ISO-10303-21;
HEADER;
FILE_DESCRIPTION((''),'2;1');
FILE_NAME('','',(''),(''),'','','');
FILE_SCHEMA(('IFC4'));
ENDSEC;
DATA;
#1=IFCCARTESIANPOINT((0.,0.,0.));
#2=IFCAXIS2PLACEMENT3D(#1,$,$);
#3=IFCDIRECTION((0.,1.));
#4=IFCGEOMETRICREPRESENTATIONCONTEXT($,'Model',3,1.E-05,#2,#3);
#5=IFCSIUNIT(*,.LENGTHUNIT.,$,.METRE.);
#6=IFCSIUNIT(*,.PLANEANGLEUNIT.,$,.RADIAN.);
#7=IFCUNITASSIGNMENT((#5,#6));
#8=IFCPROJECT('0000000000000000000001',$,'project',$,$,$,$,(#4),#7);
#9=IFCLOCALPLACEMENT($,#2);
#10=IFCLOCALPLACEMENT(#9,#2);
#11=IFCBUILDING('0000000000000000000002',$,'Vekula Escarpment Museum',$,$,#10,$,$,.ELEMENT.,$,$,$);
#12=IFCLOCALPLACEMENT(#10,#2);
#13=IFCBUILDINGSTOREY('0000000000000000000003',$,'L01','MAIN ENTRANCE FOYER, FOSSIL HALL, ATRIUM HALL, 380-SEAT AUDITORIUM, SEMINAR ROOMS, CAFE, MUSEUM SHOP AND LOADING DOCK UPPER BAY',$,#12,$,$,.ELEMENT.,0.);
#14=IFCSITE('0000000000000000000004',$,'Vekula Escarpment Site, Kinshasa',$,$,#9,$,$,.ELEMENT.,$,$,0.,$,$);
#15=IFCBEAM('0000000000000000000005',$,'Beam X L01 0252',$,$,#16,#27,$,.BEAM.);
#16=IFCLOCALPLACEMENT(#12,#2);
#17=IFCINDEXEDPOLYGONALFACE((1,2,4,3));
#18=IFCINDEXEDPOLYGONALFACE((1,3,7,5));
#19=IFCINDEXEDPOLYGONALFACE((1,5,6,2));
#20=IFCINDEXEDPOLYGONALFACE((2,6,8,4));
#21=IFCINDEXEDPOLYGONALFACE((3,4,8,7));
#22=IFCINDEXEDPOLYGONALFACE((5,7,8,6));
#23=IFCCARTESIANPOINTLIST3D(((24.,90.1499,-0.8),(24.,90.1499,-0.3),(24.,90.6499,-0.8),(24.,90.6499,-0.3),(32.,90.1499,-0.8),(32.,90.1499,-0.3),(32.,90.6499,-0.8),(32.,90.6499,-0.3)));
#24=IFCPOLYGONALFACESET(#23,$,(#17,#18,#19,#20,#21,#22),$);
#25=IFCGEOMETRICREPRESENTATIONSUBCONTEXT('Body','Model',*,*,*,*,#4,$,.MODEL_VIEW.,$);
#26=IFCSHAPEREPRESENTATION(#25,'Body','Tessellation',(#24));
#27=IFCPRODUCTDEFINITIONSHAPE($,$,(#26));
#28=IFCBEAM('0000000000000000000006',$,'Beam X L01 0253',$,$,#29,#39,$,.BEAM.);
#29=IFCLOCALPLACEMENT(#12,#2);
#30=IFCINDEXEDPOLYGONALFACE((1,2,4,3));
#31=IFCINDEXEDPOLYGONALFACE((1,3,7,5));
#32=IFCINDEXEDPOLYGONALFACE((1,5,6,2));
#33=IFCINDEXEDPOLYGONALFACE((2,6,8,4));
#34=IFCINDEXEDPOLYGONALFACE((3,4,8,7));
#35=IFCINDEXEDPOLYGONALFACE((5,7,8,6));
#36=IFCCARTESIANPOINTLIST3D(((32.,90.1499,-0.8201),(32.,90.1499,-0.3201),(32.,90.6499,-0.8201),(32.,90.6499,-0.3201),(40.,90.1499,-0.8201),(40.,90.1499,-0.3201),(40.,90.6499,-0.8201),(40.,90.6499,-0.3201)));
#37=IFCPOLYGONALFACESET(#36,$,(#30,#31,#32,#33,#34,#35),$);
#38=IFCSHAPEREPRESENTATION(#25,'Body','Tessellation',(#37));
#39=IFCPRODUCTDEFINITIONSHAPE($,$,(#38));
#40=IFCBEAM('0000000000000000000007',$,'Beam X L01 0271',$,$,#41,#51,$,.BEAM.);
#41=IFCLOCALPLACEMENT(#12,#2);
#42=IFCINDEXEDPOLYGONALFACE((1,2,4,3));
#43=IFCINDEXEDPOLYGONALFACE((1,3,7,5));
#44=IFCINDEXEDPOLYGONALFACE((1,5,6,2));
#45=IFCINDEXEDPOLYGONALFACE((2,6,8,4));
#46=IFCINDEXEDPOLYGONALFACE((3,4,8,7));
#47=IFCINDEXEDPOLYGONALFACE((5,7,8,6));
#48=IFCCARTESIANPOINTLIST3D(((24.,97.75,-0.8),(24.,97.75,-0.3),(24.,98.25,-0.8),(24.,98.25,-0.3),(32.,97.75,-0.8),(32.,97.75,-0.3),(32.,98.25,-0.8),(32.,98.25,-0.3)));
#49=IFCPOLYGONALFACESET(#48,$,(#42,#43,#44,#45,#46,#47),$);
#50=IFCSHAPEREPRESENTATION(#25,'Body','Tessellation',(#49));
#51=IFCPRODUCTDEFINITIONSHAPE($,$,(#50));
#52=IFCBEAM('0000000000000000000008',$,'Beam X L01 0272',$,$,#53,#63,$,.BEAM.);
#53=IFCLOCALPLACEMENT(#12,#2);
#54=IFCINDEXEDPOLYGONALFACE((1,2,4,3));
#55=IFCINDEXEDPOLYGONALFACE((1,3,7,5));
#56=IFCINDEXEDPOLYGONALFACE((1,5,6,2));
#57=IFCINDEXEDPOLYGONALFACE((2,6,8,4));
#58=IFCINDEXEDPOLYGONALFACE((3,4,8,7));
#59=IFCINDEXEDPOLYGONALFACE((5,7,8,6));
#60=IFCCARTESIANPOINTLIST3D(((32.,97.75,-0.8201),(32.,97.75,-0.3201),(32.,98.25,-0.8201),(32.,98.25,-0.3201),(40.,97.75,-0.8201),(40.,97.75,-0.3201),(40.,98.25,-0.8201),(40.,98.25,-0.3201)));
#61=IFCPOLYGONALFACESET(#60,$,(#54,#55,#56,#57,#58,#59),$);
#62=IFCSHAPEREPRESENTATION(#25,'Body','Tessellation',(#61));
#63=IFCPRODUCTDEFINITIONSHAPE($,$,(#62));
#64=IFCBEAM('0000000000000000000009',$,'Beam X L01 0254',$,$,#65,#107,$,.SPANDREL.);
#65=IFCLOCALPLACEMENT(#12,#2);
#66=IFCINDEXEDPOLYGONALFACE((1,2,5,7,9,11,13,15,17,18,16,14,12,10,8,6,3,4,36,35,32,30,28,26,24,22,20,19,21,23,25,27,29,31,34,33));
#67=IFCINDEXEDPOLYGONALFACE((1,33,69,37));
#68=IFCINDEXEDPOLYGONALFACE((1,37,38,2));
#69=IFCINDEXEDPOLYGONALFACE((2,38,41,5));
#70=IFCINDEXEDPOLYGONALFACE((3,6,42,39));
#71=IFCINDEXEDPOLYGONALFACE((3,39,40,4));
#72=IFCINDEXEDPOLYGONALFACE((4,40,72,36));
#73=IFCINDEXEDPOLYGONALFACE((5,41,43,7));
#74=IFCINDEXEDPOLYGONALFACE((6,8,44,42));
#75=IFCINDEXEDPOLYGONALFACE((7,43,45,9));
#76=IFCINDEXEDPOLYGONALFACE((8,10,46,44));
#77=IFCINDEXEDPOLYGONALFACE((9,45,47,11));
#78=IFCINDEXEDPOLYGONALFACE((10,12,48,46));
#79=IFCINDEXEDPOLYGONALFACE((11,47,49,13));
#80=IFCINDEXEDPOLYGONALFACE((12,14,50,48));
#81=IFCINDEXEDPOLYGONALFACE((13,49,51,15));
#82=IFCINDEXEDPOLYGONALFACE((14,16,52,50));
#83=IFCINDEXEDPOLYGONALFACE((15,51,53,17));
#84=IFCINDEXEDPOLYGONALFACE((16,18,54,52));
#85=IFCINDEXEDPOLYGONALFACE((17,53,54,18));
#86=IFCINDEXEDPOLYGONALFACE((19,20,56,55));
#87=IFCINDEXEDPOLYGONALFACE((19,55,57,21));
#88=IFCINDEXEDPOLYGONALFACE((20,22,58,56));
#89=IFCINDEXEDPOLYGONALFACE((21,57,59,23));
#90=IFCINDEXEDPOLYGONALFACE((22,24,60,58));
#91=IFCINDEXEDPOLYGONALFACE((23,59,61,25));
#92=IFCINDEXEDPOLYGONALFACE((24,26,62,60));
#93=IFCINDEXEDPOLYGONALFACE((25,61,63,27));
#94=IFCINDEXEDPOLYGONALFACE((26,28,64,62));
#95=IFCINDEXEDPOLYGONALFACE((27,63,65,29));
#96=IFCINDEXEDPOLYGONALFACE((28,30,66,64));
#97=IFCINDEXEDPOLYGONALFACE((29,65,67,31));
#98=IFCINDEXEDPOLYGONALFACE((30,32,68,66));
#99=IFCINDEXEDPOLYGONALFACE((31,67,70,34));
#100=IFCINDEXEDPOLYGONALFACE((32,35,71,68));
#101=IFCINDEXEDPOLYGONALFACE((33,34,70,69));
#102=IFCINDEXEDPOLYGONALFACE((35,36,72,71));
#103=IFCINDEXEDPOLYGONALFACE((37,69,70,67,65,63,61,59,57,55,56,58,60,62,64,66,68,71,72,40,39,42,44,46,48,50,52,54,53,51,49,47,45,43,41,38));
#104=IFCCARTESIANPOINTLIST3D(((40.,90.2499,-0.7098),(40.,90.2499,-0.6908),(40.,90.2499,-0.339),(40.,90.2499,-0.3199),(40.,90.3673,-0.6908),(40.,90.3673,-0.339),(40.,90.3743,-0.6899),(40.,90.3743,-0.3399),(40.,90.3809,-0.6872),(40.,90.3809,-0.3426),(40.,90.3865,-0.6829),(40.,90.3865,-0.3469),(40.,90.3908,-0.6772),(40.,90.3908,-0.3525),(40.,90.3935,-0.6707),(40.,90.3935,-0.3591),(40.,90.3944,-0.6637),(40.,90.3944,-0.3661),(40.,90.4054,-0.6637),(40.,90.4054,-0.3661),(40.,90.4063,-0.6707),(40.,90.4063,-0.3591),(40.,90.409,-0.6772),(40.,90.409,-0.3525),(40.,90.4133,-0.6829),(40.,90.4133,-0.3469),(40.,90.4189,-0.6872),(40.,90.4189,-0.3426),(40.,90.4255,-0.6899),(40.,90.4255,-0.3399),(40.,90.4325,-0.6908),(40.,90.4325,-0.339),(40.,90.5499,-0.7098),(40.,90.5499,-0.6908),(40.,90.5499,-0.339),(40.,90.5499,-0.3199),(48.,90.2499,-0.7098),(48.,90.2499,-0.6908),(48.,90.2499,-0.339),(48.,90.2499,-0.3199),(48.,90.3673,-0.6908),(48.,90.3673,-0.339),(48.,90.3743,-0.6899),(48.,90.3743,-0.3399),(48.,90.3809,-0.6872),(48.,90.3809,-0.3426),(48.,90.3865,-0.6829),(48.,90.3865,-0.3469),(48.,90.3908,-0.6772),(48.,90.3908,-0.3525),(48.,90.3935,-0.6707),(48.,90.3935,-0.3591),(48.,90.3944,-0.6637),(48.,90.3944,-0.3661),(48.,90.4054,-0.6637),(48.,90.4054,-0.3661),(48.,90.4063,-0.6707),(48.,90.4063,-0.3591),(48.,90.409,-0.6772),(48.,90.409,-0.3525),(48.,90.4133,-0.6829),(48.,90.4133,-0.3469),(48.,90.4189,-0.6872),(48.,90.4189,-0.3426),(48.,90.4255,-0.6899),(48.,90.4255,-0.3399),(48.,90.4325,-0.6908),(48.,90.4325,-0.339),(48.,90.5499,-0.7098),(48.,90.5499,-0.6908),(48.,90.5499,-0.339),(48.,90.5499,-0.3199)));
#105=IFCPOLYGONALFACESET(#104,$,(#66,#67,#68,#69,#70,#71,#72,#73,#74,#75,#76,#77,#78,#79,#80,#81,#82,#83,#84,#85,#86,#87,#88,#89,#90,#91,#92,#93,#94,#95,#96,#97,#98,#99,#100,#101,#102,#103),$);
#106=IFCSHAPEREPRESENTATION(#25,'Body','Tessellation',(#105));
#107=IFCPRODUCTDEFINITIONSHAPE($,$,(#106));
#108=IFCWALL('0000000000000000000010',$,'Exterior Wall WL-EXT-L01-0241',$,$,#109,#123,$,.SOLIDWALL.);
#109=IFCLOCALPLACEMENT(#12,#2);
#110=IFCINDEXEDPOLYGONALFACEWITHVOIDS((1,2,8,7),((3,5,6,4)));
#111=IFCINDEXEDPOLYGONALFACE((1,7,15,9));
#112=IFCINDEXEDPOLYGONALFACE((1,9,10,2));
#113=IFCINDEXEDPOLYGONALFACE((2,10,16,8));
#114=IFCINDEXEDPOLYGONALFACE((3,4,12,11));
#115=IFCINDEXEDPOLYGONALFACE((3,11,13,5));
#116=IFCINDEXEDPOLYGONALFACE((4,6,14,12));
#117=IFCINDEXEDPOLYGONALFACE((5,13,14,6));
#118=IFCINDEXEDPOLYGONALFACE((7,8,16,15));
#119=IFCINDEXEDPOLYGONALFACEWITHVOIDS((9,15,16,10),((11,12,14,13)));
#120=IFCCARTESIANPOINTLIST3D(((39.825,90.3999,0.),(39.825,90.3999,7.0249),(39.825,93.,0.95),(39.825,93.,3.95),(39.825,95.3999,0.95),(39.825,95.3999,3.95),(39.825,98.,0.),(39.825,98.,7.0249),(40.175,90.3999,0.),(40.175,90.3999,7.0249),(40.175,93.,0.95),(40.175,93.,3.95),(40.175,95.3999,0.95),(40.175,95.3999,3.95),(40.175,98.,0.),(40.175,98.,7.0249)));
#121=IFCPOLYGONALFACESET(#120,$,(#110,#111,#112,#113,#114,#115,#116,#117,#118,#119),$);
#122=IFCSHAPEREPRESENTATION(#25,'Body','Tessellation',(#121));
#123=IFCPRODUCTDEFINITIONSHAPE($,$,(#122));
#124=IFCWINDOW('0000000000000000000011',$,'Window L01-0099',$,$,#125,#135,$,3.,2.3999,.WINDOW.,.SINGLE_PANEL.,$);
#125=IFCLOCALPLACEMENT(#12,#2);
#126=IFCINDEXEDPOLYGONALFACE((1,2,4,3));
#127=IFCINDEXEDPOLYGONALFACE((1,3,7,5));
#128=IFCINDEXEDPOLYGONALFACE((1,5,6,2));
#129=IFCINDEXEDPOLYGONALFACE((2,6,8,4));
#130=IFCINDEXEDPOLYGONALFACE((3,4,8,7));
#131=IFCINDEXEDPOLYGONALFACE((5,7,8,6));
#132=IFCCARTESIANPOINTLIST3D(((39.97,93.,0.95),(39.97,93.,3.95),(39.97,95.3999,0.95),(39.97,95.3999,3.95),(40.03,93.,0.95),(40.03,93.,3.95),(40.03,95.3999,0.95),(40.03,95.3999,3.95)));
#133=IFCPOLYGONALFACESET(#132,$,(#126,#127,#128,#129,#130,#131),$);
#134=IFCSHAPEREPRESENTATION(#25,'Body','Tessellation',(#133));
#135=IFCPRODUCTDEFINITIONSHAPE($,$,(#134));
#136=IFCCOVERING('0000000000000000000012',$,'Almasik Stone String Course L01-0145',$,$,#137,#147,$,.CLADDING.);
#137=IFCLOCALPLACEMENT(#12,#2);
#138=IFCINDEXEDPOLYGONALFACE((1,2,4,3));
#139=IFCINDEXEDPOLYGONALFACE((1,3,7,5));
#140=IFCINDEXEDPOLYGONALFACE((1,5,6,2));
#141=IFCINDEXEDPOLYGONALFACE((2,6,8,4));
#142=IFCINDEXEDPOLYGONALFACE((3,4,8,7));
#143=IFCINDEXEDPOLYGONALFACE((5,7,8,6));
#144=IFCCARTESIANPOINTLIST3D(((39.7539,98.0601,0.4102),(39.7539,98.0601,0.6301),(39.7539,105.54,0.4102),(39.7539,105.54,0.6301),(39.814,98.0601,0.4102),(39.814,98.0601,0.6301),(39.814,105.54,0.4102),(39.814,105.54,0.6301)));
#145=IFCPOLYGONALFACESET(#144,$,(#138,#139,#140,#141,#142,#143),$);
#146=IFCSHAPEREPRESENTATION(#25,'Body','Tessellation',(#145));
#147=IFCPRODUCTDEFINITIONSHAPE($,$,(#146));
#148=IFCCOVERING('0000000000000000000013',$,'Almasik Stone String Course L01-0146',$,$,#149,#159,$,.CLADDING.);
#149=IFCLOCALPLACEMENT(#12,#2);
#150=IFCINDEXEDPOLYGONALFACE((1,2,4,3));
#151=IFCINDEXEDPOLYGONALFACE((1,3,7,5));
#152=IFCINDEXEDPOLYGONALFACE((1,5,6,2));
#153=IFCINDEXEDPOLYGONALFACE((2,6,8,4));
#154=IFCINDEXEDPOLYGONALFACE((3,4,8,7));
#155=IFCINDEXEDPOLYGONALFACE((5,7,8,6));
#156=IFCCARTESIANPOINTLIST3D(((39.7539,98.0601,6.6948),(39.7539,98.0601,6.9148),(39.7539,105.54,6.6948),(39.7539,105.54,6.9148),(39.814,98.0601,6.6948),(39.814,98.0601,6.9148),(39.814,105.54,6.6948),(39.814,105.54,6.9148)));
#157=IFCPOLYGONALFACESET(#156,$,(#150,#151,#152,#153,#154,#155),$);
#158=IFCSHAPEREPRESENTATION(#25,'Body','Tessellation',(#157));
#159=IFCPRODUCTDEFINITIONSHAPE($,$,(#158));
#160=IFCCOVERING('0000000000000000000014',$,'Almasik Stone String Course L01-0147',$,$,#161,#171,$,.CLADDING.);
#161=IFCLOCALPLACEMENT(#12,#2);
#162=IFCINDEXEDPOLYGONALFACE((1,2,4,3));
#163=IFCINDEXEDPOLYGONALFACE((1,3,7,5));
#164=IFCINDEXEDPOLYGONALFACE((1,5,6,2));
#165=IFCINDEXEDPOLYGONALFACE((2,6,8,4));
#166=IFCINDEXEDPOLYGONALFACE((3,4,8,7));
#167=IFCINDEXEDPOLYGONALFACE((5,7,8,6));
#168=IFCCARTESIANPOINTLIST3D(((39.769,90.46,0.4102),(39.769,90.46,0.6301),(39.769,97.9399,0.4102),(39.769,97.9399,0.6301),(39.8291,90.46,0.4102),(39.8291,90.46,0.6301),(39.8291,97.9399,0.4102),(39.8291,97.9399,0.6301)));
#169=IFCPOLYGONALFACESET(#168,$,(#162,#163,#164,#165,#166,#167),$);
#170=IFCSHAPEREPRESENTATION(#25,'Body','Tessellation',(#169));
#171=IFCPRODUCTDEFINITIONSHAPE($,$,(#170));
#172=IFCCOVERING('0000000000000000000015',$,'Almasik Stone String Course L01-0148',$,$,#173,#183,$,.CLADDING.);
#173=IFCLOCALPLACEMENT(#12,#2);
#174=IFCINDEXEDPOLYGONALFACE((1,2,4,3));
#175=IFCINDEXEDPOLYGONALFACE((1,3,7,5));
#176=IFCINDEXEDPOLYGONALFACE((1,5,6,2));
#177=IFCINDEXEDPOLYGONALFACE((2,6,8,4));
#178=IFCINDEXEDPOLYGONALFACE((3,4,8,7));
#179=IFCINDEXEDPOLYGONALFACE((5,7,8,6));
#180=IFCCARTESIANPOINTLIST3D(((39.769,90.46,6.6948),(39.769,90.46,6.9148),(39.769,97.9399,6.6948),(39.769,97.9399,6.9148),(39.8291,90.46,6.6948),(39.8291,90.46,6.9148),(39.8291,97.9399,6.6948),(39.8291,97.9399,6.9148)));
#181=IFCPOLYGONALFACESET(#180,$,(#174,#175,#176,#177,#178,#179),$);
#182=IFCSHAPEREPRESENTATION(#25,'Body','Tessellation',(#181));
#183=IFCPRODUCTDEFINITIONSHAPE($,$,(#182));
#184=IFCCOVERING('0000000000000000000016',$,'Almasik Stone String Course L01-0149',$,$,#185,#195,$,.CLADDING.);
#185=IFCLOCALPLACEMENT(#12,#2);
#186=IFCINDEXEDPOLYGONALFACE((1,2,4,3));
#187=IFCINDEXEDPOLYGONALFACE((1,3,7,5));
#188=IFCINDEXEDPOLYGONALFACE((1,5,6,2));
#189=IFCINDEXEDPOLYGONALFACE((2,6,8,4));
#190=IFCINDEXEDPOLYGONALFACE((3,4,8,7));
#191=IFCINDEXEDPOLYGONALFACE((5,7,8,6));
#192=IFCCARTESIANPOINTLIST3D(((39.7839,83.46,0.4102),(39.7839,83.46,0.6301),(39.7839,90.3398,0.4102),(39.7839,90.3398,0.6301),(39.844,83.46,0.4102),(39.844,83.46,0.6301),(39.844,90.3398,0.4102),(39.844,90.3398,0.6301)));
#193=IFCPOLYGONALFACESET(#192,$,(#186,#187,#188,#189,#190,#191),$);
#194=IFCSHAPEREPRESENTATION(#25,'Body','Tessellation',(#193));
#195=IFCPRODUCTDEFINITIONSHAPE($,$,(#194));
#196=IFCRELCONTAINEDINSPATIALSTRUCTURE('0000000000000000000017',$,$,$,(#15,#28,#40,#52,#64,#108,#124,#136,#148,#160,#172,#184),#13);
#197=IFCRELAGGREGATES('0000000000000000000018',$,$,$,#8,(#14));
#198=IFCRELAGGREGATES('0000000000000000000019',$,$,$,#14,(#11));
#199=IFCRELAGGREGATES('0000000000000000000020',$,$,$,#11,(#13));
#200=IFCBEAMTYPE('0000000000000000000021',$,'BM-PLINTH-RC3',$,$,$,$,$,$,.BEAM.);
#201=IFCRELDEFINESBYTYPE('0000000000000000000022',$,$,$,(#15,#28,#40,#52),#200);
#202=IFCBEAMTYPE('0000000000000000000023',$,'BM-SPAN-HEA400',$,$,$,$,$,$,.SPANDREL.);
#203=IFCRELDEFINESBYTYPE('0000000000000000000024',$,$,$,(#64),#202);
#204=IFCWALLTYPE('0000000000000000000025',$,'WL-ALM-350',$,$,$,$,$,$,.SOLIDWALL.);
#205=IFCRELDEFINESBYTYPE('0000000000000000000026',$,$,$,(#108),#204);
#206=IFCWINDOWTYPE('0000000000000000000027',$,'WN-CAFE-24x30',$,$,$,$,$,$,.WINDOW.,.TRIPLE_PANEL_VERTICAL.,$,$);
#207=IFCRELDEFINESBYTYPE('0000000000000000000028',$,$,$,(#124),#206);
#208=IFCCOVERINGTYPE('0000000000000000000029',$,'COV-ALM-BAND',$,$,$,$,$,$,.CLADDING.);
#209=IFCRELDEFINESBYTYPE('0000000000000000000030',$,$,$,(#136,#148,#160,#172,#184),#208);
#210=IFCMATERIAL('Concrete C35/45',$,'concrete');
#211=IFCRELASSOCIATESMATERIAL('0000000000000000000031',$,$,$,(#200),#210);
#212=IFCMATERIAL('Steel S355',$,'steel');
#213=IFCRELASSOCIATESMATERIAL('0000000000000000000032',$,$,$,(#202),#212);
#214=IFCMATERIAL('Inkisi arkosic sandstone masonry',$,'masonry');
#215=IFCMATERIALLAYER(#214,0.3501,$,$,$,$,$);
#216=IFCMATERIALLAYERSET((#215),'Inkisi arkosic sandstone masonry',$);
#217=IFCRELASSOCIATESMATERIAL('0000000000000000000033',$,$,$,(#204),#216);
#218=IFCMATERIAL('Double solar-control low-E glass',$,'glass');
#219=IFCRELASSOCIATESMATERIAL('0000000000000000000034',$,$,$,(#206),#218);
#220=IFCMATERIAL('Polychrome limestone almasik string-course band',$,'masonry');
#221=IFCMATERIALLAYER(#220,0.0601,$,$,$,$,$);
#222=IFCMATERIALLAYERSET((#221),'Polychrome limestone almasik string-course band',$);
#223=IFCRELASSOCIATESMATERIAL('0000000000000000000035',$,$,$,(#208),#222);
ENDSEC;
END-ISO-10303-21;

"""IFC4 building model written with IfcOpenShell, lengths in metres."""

from ifc_helpers import new_model, si_unit, direction, frame, frame_2d, origin, origin_2d, place, context, subcontext, project, spatial, rectangle, i_section, extrude, material, layer, layer_set, material_profile, profile_set, type_object, element, fill, save


model = new_model("IFC4")

# Units and contexts
model_context = context("Model", 3, precision=1e-05, world=origin(), true_north=direction((0.0, 1.0)))
body_context = subcontext(model_context, "Body", "Model", "MODEL_VIEW")
ifc_project = project(units=[si_unit("LENGTHUNIT", "METRE"), si_unit("PLANEANGLEUNIT", "RADIAN")], contexts=[model_context])

# Site, building, storey
site_placement = place(None, origin())
site = spatial("IfcSite", under=ifc_project, at=site_placement, Name="Vekula Escarpment Site, Kinshasa", CompositionType="ELEMENT", RefElevation=0.0)
building_placement = place(site_placement, origin())
building = spatial("IfcBuilding", under=site, at=building_placement, Name="Vekula Escarpment Museum", CompositionType="ELEMENT")
storey_placement = place(building_placement, origin())
storey = spatial("IfcBuildingStorey", under=building, at=storey_placement, Name="L01", Description="MAIN ENTRANCE FOYER, FOSSIL HALL, ATRIUM HALL, 380-SEAT AUDITORIUM, SEMINAR ROOMS, CAFE, MUSEUM SHOP AND LOADING DOCK UPPER BAY", CompositionType="ELEMENT", Elevation=0.0)

# Beams
ifc_material_1 = material(Name="Concrete C35/45", Category="concrete")
ifc_material_profile_1 = material_profile(ifc_material_1, rectangle(XDim=0.5, YDim=0.5, at=origin_2d()), Name="RC 500x500")
ifc_profile_set_1 = profile_set([ifc_material_profile_1], Name="Concrete C35/45")
beam_type_1 = type_object("IfcBeamType", Name="BM-PLINTH-RC3", PredefinedType="BEAM", material=ifc_profile_set_1)
for number, where, z_axis, x_axis, name in (
    (1, (24.0, 90.3999, -0.55), (1.0, 0.0, 0.0), (0.0, 1.0, 0.0), "Beam X L01 0252"),
    (2, (32.0, 90.3999, -0.5701), (1.0, 0.0, 0.0), (0.0, 1.0, 0.0), "Beam X L01 0253"),
    (3, (24.0, 98.0, -0.55), (1.0, 0.0, 0.0), (0.0, 1.0, 0.0), "Beam X L01 0271"),
    (4, (32.0, 98.0, -0.5701), (1.0, 0.0, 0.0), (0.0, 1.0, 0.0), "Beam X L01 0272"),
):
    element("IfcBeam", number, at=place(storey_placement, frame(where, z_axis=z_axis, x_axis=x_axis)), inside=storey, type_object=beam_type_1, Name=name, PredefinedType="BEAM", context=body_context, shape_type="SweptSolid", body=[
        extrude(rectangle(XDim=0.5, YDim=0.5, at=origin_2d()), origin(), (0.0, 0.0, 1.0), 8.0),
    ])
ifc_material_2 = material(Name="Steel S355", Category="steel")
ifc_material_profile_2 = material_profile(ifc_material_2, i_section(OverallWidth=0.3, OverallDepth=0.3899, WebThickness=0.011, FlangeThickness=0.019, FilletRadius=0.0271, at=origin_2d()), Name="HEA 400")
ifc_profile_set_2 = profile_set([ifc_material_profile_2], Name="Steel S355")
beam_type_2 = type_object("IfcBeamType", Name="BM-SPAN-HEA400", PredefinedType="SPANDREL", material=ifc_profile_set_2)
beam_1_placement = place(storey_placement, frame((40.0, 90.3999, -0.5149), z_axis=(1.0, 0.0, 0.0), x_axis=(0.0, 1.0, 0.0)))
element("IfcBeam", 5, at=beam_1_placement, inside=storey, type_object=beam_type_2, Name="Beam X L01 0254", PredefinedType="SPANDREL", context=body_context, shape_type="SweptSolid", body=[
    extrude(i_section(OverallWidth=0.3, OverallDepth=0.3899, WebThickness=0.011, FlangeThickness=0.019, FilletRadius=0.0271, at=origin_2d()), origin(), (0.0, 0.0, 1.0), 8.0),
])

# Wall, opening, window
ifc_material_3 = material(Name="Inkisi arkosic sandstone masonry", Category="masonry")
ifc_layer_1 = layer(ifc_material_3, 0.3501)
ifc_layer_set_1 = layer_set([ifc_layer_1], Name="Inkisi arkosic sandstone masonry")
wall_type = type_object("IfcWallType", Name="WL-ALM-350", PredefinedType="SOLIDWALL", material=ifc_layer_set_1)
wall_placement = place(storey_placement, frame((40.0, 90.3999, 0.0), z_axis=(0.0, 0.0, 1.0), x_axis=(0.0, 1.0, 0.0)))
wall = element("IfcWall", 6, at=wall_placement, inside=storey, type_object=wall_type, Name="Exterior Wall WL-EXT-L01-0241", PredefinedType="SOLIDWALL", context=body_context, shape_type="SweptSolid", body=[
    extrude(rectangle(XDim=7.6001, YDim=0.3501, at=frame_2d((3.8, 0.0))), origin(), (0.0, 0.0, 1.0), 7.0249),
])
opening_placement = place(wall_placement, frame((2.6001, 0.0, 0.95)))
opening = element("IfcOpeningElement", 7, at=opening_placement, cuts=wall, PredefinedType="OPENING", context=body_context, shape_type="SweptSolid", body=[
    extrude(rectangle(XDim=2.3999, YDim=3.0, at=frame_2d((1.2, 1.5))), frame((0.0, 0.1851, 0.0), z_axis=(0.0, -1.0, 0.0), x_axis=(1.0, 0.0, 0.0)), (0.0, 0.0, 1.0), 0.3701),
])
ifc_material_4 = material(Name="Double solar-control low-E glass", Category="glass")
window_type = type_object("IfcWindowType", Name="WN-CAFE-24x30", PartitioningType="TRIPLE_PANEL_VERTICAL", PredefinedType="WINDOW", material=ifc_material_4)
window_placement = place(opening_placement, origin())
window = element("IfcWindow", 8, at=window_placement, inside=storey, type_object=window_type, Name="Window L01-0099", OverallHeight=3.0, OverallWidth=2.3999, PartitioningType="SINGLE_PANEL", PredefinedType="WINDOW", context=body_context, shape_type="SweptSolid", body=[
    extrude(rectangle(XDim=2.3999, YDim=3.0, at=frame_2d((1.2, 1.5))), frame((0.0, 0.03, 0.0), z_axis=(0.0, -1.0, 0.0), x_axis=(1.0, 0.0, 0.0)), (0.0, 0.0, 1.0), 0.0601),
])
fill(opening, window)

# Coverings
ifc_material_5 = material(Name="Polychrome limestone almasik string-course band", Category="masonry")
ifc_layer_2 = layer(ifc_material_5, 0.0601)
ifc_layer_set_2 = layer_set([ifc_layer_2], Name="Polychrome limestone almasik string-course band")
covering_type = type_object("IfcCoveringType", Name="COV-ALM-BAND", PredefinedType="CLADDING", material=ifc_layer_set_2)
for number, where, z_axis, x_axis, name in (
    (9, (39.7839, 101.8, 0.4102), (0.0, 0.0, 1.0), (0.0, 1.0, 0.0), "Almasik Stone String Course L01-0145"),
    (10, (39.7839, 101.8, 6.6948), (0.0, 0.0, 1.0), (0.0, 1.0, 0.0), "Almasik Stone String Course L01-0146"),
    (11, (39.7991, 94.2, 0.4102), (0.0, 0.0, 1.0), (0.0, 1.0, 0.0), "Almasik Stone String Course L01-0147"),
    (12, (39.7991, 94.2, 6.6948), (0.0, 0.0, 1.0), (0.0, 1.0, 0.0), "Almasik Stone String Course L01-0148"),
):
    element("IfcCovering", number, at=place(storey_placement, frame(where, z_axis=z_axis, x_axis=x_axis)), inside=storey, type_object=covering_type, Name=name, PredefinedType="CLADDING", context=body_context, shape_type="SweptSolid", body=[
        extrude(rectangle(XDim=7.48, YDim=0.0601, at=origin_2d()), origin(), (0.0, 0.0, 1.0), 0.22),
    ])
for number, where, z_axis, x_axis, name in (
    (13, (39.814, 86.8999, 0.4102), (0.0, 0.0, 1.0), (0.0, 1.0, 0.0), "Almasik Stone String Course L01-0149"),
):
    element("IfcCovering", number, at=place(storey_placement, frame(where, z_axis=z_axis, x_axis=x_axis)), inside=storey, type_object=covering_type, Name=name, PredefinedType="CLADDING", context=body_context, shape_type="SweptSolid", body=[
        extrude(rectangle(XDim=6.8799, YDim=0.0601, at=origin_2d()), origin(), (0.0, 0.0, 1.0), 0.22),
    ])

save(model, "model.ifc")
